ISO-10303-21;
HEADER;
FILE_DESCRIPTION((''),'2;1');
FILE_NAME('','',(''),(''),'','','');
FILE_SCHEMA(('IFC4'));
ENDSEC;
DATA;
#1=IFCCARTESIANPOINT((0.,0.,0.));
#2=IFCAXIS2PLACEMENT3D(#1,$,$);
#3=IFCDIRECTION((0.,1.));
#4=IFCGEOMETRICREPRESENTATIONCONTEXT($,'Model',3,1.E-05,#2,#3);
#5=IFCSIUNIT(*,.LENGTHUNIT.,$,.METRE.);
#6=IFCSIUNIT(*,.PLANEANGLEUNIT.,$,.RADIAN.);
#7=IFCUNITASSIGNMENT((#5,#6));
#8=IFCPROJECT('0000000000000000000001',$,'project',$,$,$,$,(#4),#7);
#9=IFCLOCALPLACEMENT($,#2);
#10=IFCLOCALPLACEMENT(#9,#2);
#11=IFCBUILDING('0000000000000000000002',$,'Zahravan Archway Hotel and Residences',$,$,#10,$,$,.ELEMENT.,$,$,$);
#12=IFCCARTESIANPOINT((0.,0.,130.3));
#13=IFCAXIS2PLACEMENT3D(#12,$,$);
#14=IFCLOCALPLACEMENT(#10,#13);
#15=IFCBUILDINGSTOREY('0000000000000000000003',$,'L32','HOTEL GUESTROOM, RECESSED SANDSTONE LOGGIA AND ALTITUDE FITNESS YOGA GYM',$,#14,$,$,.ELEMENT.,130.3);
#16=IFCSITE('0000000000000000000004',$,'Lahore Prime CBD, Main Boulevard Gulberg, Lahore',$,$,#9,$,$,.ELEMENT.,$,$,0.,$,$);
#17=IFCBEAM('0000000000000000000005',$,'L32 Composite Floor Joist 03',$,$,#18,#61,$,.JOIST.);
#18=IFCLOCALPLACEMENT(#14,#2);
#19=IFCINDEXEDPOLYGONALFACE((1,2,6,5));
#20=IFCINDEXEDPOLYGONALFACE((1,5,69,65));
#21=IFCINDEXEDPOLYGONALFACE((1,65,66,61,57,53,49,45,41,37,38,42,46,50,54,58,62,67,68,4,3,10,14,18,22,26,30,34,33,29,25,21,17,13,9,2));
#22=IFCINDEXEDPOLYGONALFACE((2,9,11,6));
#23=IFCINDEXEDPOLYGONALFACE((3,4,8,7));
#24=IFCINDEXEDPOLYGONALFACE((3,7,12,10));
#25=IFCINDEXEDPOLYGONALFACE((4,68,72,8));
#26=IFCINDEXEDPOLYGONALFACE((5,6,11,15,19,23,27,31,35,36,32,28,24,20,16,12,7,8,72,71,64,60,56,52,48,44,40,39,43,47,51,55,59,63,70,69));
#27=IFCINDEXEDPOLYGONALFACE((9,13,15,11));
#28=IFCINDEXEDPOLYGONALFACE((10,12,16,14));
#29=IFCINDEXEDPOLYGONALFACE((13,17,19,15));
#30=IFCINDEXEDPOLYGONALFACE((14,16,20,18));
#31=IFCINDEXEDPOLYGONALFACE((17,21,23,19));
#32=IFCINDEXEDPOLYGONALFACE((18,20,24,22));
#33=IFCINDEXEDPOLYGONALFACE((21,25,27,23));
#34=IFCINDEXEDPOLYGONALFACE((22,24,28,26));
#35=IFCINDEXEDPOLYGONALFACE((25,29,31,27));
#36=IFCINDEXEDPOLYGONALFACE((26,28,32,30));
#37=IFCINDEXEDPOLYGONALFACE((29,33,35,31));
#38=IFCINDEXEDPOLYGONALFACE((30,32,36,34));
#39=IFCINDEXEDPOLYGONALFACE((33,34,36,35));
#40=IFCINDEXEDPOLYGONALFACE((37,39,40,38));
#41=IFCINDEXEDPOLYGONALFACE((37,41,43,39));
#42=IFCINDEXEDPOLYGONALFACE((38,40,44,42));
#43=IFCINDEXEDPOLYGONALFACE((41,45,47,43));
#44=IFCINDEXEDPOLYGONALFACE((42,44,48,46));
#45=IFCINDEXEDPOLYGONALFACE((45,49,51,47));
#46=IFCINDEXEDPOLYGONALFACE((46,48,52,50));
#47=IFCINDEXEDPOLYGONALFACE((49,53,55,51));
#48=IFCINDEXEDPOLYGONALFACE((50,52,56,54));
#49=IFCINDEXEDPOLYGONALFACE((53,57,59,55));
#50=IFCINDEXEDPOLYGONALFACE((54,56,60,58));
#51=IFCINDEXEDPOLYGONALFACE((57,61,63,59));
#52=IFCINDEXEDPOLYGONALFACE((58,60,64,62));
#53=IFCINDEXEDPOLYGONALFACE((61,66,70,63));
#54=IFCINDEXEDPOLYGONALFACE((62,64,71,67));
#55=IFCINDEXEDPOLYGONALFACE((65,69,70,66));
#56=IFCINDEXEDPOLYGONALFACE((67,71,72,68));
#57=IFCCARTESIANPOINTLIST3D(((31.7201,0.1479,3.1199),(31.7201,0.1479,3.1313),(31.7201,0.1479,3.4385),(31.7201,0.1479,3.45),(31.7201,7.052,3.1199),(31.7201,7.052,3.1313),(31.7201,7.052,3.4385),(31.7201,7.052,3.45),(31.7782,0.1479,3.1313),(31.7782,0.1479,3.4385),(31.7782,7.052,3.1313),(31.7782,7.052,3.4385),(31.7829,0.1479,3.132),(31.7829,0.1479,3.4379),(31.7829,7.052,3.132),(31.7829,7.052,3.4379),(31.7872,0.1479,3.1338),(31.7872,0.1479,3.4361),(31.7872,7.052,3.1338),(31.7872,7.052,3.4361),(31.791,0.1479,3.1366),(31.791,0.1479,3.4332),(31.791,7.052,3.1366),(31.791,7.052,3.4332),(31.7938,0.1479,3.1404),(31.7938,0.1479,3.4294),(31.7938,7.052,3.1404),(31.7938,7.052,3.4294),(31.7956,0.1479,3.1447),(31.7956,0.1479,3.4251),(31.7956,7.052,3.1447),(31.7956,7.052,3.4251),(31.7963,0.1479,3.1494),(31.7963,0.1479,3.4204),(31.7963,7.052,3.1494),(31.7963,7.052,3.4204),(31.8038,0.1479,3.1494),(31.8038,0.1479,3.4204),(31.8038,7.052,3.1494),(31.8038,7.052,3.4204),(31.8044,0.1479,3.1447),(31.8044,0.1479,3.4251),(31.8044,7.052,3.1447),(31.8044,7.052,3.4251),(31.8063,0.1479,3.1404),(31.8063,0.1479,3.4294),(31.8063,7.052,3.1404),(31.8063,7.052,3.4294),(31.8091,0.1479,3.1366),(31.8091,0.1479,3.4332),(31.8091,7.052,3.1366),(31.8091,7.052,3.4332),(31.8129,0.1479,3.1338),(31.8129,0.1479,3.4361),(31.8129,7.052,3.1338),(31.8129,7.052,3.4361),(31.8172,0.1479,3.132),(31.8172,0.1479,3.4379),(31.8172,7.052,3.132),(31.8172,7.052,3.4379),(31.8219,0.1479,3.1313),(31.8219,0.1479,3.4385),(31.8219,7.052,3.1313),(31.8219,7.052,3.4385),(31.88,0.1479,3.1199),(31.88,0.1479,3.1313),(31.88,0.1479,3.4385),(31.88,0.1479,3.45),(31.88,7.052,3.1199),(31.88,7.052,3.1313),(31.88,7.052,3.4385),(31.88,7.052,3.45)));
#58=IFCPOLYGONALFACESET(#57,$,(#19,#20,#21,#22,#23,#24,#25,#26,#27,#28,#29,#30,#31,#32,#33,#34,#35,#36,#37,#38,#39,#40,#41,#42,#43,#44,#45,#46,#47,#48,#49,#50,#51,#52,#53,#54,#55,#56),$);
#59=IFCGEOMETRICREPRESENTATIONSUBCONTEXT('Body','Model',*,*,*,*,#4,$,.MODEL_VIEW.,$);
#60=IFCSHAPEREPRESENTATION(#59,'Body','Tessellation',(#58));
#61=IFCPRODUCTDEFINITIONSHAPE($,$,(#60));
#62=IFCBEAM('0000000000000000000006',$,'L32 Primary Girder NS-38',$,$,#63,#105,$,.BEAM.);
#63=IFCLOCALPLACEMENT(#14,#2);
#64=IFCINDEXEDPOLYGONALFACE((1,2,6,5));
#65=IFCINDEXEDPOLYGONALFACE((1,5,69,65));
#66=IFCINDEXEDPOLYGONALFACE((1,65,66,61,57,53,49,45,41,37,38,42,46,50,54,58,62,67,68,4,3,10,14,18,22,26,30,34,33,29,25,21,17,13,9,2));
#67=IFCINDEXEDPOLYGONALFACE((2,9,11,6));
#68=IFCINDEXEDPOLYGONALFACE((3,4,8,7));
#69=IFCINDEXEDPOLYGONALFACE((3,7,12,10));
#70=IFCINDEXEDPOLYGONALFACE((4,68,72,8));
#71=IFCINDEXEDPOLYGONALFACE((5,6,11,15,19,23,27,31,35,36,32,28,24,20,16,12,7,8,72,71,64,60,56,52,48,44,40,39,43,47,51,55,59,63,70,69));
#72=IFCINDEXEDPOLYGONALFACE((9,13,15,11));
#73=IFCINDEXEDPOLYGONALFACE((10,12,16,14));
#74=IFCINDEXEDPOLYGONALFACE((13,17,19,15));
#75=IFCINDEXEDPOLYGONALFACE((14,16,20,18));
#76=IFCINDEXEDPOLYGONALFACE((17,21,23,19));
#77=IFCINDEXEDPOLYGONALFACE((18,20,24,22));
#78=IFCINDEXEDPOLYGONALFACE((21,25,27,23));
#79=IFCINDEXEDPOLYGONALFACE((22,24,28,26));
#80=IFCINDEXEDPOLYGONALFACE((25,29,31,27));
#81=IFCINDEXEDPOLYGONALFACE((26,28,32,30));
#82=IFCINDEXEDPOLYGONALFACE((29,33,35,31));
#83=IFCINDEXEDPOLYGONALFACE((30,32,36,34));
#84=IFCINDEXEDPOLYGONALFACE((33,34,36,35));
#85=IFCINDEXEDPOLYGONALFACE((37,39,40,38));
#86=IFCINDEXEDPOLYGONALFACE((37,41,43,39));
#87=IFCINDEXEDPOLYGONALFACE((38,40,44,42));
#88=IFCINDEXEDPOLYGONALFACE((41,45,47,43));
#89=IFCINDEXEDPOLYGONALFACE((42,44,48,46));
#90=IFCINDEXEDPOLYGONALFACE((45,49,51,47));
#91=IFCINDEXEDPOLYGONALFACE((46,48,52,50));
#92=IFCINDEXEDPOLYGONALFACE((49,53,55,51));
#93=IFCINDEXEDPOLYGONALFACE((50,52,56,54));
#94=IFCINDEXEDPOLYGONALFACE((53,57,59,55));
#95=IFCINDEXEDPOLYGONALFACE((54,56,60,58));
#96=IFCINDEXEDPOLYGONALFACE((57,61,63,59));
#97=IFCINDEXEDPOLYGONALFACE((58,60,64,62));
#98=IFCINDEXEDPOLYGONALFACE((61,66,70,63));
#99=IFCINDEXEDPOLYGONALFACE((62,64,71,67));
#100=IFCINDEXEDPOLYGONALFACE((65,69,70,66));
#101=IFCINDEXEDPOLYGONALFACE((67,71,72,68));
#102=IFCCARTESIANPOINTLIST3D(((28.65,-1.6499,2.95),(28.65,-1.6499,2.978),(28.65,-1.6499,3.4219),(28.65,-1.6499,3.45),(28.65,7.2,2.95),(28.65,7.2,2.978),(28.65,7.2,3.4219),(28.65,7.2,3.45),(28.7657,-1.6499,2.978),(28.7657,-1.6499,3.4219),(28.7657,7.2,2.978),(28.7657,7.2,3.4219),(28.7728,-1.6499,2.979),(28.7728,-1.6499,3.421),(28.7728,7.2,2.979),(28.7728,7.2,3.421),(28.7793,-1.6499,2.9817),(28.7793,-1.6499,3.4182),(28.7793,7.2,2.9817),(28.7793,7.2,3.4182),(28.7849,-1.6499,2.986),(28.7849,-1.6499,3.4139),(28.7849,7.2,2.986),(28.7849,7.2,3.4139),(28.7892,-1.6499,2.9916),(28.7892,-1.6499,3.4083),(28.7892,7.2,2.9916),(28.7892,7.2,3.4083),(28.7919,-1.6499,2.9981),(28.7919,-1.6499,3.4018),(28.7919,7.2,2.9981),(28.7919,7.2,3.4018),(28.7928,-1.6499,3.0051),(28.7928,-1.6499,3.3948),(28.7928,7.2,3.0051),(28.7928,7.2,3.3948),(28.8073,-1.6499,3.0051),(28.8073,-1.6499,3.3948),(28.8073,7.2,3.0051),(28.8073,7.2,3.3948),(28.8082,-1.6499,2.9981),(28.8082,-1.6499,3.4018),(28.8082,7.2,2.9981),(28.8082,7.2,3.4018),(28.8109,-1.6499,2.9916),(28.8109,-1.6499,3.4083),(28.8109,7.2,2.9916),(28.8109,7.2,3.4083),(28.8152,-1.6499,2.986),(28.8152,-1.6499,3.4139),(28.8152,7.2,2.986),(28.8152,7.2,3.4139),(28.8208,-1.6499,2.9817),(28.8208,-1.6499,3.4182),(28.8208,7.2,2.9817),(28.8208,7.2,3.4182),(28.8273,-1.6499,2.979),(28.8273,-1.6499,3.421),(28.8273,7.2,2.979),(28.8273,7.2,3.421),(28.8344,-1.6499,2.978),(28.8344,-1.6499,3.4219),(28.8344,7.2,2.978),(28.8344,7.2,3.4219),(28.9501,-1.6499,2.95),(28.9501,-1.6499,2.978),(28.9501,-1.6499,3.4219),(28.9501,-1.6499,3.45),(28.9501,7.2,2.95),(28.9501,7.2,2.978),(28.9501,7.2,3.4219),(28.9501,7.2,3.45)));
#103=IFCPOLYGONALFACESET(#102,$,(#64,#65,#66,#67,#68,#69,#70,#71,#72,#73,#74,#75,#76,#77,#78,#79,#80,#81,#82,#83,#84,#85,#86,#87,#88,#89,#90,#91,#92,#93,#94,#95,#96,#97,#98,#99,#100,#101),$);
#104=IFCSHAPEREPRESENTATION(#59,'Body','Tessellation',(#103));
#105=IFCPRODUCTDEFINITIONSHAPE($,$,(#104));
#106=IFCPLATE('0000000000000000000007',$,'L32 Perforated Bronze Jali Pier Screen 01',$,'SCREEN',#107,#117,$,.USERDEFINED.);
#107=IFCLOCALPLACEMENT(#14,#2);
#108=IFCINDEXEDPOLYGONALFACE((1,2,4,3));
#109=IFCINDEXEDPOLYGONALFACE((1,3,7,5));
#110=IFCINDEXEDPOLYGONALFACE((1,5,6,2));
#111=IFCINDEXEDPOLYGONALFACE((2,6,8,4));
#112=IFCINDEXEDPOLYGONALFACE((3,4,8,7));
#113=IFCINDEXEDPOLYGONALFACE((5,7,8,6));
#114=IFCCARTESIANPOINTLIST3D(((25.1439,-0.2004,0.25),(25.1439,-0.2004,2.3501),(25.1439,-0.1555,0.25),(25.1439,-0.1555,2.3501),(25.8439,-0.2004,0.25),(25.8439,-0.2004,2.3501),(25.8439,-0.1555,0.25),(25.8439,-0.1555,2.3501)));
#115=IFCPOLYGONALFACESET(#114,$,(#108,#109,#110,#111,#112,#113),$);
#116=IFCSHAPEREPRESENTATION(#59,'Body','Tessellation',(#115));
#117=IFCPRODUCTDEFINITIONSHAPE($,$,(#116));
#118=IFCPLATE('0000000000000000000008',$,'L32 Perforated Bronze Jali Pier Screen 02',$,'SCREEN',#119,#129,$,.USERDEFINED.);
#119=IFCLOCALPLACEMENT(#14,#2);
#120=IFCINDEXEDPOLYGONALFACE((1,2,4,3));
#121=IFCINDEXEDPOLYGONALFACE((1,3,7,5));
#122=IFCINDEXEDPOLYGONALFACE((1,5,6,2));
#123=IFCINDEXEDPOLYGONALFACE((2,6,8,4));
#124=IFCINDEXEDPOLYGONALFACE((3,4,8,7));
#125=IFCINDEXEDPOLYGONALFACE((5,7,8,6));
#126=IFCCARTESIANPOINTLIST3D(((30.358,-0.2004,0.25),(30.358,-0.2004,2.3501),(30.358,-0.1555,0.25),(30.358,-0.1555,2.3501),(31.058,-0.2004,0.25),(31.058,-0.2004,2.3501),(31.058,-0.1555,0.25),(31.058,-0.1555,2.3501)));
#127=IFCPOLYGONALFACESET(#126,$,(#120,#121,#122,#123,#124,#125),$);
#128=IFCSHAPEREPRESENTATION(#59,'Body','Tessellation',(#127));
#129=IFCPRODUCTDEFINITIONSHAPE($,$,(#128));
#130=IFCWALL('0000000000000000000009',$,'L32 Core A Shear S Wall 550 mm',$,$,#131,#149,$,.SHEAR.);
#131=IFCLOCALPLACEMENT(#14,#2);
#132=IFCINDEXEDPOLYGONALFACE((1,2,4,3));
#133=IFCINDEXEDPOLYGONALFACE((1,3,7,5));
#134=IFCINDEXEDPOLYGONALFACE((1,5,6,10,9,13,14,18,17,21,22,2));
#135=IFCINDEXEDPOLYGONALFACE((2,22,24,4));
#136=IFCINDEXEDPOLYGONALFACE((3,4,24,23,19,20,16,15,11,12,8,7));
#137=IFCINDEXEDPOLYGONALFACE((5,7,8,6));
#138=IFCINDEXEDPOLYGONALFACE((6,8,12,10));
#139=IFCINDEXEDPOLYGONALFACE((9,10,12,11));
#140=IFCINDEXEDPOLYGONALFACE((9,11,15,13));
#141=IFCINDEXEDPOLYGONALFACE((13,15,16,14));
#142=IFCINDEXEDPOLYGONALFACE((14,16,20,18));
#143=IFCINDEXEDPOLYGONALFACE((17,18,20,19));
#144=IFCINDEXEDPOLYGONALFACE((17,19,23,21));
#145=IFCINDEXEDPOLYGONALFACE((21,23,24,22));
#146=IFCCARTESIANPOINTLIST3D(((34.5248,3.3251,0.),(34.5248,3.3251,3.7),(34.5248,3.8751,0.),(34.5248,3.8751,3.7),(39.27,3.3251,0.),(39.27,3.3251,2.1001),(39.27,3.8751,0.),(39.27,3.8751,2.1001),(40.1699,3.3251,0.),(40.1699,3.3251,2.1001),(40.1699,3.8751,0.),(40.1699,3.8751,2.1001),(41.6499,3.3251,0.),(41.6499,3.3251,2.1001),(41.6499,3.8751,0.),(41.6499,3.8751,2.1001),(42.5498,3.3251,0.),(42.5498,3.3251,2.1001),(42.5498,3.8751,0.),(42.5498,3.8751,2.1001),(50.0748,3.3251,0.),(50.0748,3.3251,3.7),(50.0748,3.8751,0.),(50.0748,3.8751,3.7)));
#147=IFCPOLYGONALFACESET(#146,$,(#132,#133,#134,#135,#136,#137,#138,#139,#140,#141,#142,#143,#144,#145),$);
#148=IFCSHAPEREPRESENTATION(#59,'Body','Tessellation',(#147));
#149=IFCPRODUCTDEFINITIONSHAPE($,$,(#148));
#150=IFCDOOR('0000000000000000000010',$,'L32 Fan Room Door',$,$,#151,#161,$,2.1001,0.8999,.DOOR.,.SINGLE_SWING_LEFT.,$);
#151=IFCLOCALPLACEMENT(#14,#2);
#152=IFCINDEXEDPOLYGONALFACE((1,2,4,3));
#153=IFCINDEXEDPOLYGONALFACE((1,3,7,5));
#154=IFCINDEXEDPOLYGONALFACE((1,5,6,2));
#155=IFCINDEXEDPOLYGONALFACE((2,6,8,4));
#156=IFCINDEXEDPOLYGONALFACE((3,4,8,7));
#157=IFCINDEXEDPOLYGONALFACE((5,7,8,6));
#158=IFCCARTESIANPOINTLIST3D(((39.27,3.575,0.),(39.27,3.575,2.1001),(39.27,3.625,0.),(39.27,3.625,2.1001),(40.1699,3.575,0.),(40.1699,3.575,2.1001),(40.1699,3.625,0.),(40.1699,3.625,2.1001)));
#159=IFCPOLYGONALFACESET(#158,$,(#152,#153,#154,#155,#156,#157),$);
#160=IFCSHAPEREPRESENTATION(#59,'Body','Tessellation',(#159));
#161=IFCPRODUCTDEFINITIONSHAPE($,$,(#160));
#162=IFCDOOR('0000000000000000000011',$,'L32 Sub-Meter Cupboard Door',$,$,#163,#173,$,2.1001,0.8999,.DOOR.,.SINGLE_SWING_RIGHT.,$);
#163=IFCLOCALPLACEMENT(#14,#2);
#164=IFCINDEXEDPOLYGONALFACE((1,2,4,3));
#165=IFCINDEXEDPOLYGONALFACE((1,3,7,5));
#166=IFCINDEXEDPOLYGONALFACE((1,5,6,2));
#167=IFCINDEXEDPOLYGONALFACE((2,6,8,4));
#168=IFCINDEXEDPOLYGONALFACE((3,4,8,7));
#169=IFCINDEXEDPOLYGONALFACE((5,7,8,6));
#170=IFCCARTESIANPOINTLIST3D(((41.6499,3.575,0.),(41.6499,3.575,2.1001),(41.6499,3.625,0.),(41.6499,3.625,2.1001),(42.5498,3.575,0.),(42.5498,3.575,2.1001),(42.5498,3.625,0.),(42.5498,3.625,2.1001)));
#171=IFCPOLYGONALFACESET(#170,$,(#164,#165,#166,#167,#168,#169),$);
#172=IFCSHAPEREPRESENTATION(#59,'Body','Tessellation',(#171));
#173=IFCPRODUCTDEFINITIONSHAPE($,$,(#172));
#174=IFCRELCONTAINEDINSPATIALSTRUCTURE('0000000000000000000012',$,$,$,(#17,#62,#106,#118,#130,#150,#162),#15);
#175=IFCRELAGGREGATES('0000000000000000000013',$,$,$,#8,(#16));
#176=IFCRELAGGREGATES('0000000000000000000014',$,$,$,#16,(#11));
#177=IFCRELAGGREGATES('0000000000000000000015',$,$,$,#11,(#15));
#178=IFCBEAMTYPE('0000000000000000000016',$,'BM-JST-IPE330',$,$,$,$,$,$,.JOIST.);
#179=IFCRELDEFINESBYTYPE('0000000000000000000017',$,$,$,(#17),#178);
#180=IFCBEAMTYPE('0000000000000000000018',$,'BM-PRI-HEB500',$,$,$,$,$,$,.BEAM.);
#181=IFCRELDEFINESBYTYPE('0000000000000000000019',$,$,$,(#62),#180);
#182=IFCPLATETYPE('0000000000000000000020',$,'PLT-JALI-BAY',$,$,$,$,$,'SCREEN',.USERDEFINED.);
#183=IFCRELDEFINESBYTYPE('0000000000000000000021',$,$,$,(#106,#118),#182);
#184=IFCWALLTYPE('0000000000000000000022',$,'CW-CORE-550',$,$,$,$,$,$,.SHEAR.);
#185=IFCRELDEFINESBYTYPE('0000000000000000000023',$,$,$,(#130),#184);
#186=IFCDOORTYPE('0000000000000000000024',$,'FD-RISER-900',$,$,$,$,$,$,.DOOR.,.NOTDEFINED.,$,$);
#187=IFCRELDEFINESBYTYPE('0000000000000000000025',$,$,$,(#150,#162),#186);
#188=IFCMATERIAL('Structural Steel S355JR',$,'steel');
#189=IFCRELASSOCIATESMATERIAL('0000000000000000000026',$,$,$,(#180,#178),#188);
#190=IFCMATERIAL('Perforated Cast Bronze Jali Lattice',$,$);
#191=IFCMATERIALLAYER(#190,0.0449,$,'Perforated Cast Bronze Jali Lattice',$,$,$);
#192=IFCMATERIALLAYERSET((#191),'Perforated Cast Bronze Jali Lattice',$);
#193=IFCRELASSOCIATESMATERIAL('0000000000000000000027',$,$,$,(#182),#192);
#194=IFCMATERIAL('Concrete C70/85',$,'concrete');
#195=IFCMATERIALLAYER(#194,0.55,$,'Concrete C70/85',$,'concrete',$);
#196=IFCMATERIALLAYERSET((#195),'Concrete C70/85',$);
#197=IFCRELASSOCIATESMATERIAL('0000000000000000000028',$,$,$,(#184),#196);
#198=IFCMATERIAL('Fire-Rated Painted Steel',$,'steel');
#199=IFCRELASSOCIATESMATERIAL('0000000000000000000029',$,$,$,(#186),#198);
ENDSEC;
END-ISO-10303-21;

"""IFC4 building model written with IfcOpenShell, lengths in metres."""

from ifc_helpers import new_model, si_unit, direction, frame, frame_2d, origin, origin_2d, place, context, subcontext, project, spatial, rectangle, i_section, extrude, source, transform, mapped, material, layer, layer_set, material_profile, profile_set, type_object, type_shapes, element, fill, save


model = new_model("IFC4")

# Units and contexts
model_context = context("Model", 3, precision=1e-05, world=origin(), true_north=direction((0.0, 1.0)))
body_context = subcontext(model_context, "Body", "Model", "MODEL_VIEW")
ifc_project = project(units=[si_unit("LENGTHUNIT", "METRE"), si_unit("PLANEANGLEUNIT", "RADIAN")], contexts=[model_context])

# Site, building, storey
site_placement = place(None, origin())
site = spatial("IfcSite", under=ifc_project, at=site_placement, Name="Lahore Prime CBD, Main Boulevard Gulberg, Lahore", CompositionType="ELEMENT", RefElevation=0.0)
building_placement = place(site_placement, origin())
building = spatial("IfcBuilding", under=site, at=building_placement, Name="Zahravan Archway Hotel and Residences", CompositionType="ELEMENT")
storey_placement = place(building_placement, frame((0.0, 0.0, 130.3)))
storey = spatial("IfcBuildingStorey", under=building, at=storey_placement, Name="L32", Description="HOTEL GUESTROOM, RECESSED SANDSTONE LOGGIA AND ALTITUDE FITNESS YOGA GYM", CompositionType="ELEMENT", Elevation=130.3)

# Beams
ifc_material_1 = material(Name="Structural Steel S355JR", Category="steel")
ifc_material_profile_1 = material_profile(ifc_material_1, i_section(OverallWidth=0.3, OverallDepth=0.5, WebThickness=0.0144, FlangeThickness=0.0281, FilletRadius=0.0271, at=origin_2d()), Name="HEB 500", Category="steel")
ifc_profile_set_1 = profile_set([ifc_material_profile_1], Name="Structural Steel S355JR")
beam_type_1 = type_object("IfcBeamType", Name="BM-PRI-HEB500", PredefinedType="BEAM", material=ifc_profile_set_1)
ifc_material_profile_2 = material_profile(ifc_material_1, i_section(OverallWidth=0.1599, OverallDepth=0.3301, WebThickness=0.0076, FlangeThickness=0.0115, FilletRadius=0.0181, at=origin_2d()), Name="IPE 330", Category="steel")
ifc_profile_set_2 = profile_set([ifc_material_profile_2], Name="Structural Steel S355JR")
beam_type_2 = type_object("IfcBeamType", Name="BM-JST-IPE330", PredefinedType="JOIST", material=ifc_profile_set_2)
shared_shape_1 = source(origin(), body_context, "Body", "SweptSolid", [
    extrude(i_section(OverallWidth=0.1599, OverallDepth=0.3301, WebThickness=0.0076, FlangeThickness=0.0115, FilletRadius=0.0181, at=origin_2d()), origin(), (0.0, 0.0, 1.0), 6.9041),
])
type_shapes(beam_type_2, [shared_shape_1])
for number, where, z_axis, x_axis, name in (
    (1, (31.8, 0.1479, 3.2849), (0.0, 1.0, 0.0), (-1.0, 0.0, 0.0), "L32 Composite Floor Joist 03"),
):
    element("IfcBeam", number, at=place(storey_placement, frame(where, z_axis=z_axis, x_axis=x_axis)), inside=storey, type_object=beam_type_2, Name=name, PredefinedType="JOIST", context=body_context, shape_type="MappedRepresentation", body=[
        mapped(shared_shape_1, transform((0.0, 0.0, 0.0), scale=1.0)),
    ])
shared_shape_2 = source(origin(), body_context, "Body", "SweptSolid", [
    extrude(i_section(OverallWidth=0.3, OverallDepth=0.5, WebThickness=0.0144, FlangeThickness=0.0281, FilletRadius=0.0271, at=origin_2d()), origin(), (0.0, 0.0, 1.0), 8.8499),
])
beam_1_placement = place(storey_placement, frame((28.8, -1.6499, 3.2), z_axis=(0.0, 1.0, 0.0), x_axis=(-1.0, 0.0, 0.0)))
element("IfcBeam", 2, at=beam_1_placement, inside=storey, type_object=beam_type_1, Name="L32 Primary Girder NS-38", PredefinedType="BEAM", context=body_context, shape_type="MappedRepresentation", body=[
    mapped(shared_shape_2, transform((0.0, 0.0, 0.0), scale=1.0)),
])

# Plates
ifc_material_2 = material(Name="Perforated Cast Bronze Jali Lattice")
ifc_layer_1 = layer(ifc_material_2, 0.0449, Name="Perforated Cast Bronze Jali Lattice")
ifc_layer_set_1 = layer_set([ifc_layer_1], Name="Perforated Cast Bronze Jali Lattice")
plate_type = type_object("IfcPlateType", Name="PLT-JALI-BAY", ElementType="SCREEN", PredefinedType="USERDEFINED", material=ifc_layer_set_1)
shared_shape_3 = source(origin(), body_context, "Body", "SweptSolid", [
    extrude(rectangle(XDim=0.7, YDim=0.0449, at=origin_2d()), origin(), (0.0, 0.0, 1.0), 2.1001),
])
type_shapes(plate_type, [shared_shape_3])
for number, where, z_axis, x_axis, name in (
    (3, (25.4939, -0.178, 0.25), (0.0, 0.0, 1.0), (1.0, 0.0, 0.0), "L32 Perforated Bronze Jali Pier Screen 01"),
    (4, (30.708, -0.178, 0.25), (0.0, 0.0, 1.0), (1.0, 0.0, 0.0), "L32 Perforated Bronze Jali Pier Screen 02"),
):
    element("IfcPlate", number, at=place(storey_placement, frame(where, z_axis=z_axis, x_axis=x_axis)), inside=storey, type_object=plate_type, Name=name, ObjectType="SCREEN", PredefinedType="USERDEFINED", context=body_context, shape_type="MappedRepresentation", body=[
        mapped(shared_shape_3, transform((0.0, 0.0, 0.0), scale=1.0)),
    ])

# Wall, openings, doors
ifc_material_3 = material(Name="Concrete C70/85", Category="concrete")
ifc_layer_2 = layer(ifc_material_3, 0.55, Name="Concrete C70/85", Category="concrete")
ifc_layer_set_2 = layer_set([ifc_layer_2], Name="Concrete C70/85")
wall_type_1 = type_object("IfcWallType", Name="CW-CORE-550", PredefinedType="SHEAR", material=ifc_layer_set_2)
wall_1_placement = place(storey_placement, frame((34.5249, 3.6001, 0.0), z_axis=(0.0, 0.0, 1.0), x_axis=(1.0, 0.0, 0.0)))
wall_1 = element("IfcWall", 5, at=wall_1_placement, inside=storey, type_object=wall_type_1, Name="L32 Core A Shear S Wall 550 mm", PredefinedType="SHEAR", context=body_context, shape_type="SweptSolid", body=[
    extrude(rectangle(XDim=15.55, YDim=0.55, at=frame_2d((7.7749, 0.0))), origin(), (0.0, 0.0, 1.0), 3.7),
])
opening_1_placement = place(wall_1_placement, frame((4.7451, 0.0, 0.0)))
opening_1 = element("IfcOpeningElement", 6, at=opening_1_placement, cuts=wall_1, PredefinedType="OPENING", context=body_context, shape_type="SweptSolid", body=[
    extrude(rectangle(XDim=0.8999, YDim=2.1001, at=frame_2d((0.45, 1.05))), frame((0.0, 0.2852, 0.0), z_axis=(0.0, -1.0, 0.0), x_axis=(1.0, 0.0, 0.0)), (0.0, 0.0, 1.0), 0.5701),
])
opening_2_placement = place(wall_1_placement, frame((7.125, 0.0, 0.0)))
opening_2 = element("IfcOpeningElement", 7, at=opening_2_placement, cuts=wall_1, PredefinedType="OPENING", context=body_context, shape_type="SweptSolid", body=[
    extrude(rectangle(XDim=0.8999, YDim=2.1001, at=frame_2d((0.45, 1.05))), frame((0.0, 0.2852, 0.0), z_axis=(0.0, -1.0, 0.0), x_axis=(1.0, 0.0, 0.0)), (0.0, 0.0, 1.0), 0.5701),
])
ifc_material_4 = material(Name="Fire-Rated Painted Steel", Category="steel")
door_type_1 = type_object("IfcDoorType", Name="FD-RISER-900", OperationType="NOTDEFINED", PredefinedType="DOOR", material=ifc_material_4)
shared_shape_4 = source(origin(), body_context, "Body", "SweptSolid", [
    extrude(rectangle(XDim=0.8999, YDim=2.1001, at=frame_2d((0.45, 1.05))), frame((0.0, 0.0249, 0.0), z_axis=(0.0, -1.0, 0.0), x_axis=(1.0, 0.0, 0.0)), (0.0, 0.0, 1.0), 0.05),
])
type_shapes(door_type_1, [shared_shape_4])
door_1_placement = place(opening_1_placement, origin())
door_1 = element("IfcDoor", 8, at=door_1_placement, inside=storey, type_object=door_type_1, Name="L32 Fan Room Door", OperationType="SINGLE_SWING_LEFT", OverallHeight=2.1001, OverallWidth=0.8999, PredefinedType="DOOR", context=body_context, shape_type="MappedRepresentation", body=[
    mapped(shared_shape_4, transform((0.0, 0.0, 0.0), scale=1.0)),
])
fill(opening_1, door_1)
door_2_placement = place(opening_2_placement, origin())
door_2 = element("IfcDoor", 9, at=door_2_placement, inside=storey, type_object=door_type_1, Name="L32 Sub-Meter Cupboard Door", OperationType="SINGLE_SWING_RIGHT", OverallHeight=2.1001, OverallWidth=0.8999, PredefinedType="DOOR", context=body_context, shape_type="MappedRepresentation", body=[
    mapped(shared_shape_4, transform((0.0, 0.0, 0.0), scale=1.0)),
])
fill(opening_2, door_2)

save(model, "model.ifc")
